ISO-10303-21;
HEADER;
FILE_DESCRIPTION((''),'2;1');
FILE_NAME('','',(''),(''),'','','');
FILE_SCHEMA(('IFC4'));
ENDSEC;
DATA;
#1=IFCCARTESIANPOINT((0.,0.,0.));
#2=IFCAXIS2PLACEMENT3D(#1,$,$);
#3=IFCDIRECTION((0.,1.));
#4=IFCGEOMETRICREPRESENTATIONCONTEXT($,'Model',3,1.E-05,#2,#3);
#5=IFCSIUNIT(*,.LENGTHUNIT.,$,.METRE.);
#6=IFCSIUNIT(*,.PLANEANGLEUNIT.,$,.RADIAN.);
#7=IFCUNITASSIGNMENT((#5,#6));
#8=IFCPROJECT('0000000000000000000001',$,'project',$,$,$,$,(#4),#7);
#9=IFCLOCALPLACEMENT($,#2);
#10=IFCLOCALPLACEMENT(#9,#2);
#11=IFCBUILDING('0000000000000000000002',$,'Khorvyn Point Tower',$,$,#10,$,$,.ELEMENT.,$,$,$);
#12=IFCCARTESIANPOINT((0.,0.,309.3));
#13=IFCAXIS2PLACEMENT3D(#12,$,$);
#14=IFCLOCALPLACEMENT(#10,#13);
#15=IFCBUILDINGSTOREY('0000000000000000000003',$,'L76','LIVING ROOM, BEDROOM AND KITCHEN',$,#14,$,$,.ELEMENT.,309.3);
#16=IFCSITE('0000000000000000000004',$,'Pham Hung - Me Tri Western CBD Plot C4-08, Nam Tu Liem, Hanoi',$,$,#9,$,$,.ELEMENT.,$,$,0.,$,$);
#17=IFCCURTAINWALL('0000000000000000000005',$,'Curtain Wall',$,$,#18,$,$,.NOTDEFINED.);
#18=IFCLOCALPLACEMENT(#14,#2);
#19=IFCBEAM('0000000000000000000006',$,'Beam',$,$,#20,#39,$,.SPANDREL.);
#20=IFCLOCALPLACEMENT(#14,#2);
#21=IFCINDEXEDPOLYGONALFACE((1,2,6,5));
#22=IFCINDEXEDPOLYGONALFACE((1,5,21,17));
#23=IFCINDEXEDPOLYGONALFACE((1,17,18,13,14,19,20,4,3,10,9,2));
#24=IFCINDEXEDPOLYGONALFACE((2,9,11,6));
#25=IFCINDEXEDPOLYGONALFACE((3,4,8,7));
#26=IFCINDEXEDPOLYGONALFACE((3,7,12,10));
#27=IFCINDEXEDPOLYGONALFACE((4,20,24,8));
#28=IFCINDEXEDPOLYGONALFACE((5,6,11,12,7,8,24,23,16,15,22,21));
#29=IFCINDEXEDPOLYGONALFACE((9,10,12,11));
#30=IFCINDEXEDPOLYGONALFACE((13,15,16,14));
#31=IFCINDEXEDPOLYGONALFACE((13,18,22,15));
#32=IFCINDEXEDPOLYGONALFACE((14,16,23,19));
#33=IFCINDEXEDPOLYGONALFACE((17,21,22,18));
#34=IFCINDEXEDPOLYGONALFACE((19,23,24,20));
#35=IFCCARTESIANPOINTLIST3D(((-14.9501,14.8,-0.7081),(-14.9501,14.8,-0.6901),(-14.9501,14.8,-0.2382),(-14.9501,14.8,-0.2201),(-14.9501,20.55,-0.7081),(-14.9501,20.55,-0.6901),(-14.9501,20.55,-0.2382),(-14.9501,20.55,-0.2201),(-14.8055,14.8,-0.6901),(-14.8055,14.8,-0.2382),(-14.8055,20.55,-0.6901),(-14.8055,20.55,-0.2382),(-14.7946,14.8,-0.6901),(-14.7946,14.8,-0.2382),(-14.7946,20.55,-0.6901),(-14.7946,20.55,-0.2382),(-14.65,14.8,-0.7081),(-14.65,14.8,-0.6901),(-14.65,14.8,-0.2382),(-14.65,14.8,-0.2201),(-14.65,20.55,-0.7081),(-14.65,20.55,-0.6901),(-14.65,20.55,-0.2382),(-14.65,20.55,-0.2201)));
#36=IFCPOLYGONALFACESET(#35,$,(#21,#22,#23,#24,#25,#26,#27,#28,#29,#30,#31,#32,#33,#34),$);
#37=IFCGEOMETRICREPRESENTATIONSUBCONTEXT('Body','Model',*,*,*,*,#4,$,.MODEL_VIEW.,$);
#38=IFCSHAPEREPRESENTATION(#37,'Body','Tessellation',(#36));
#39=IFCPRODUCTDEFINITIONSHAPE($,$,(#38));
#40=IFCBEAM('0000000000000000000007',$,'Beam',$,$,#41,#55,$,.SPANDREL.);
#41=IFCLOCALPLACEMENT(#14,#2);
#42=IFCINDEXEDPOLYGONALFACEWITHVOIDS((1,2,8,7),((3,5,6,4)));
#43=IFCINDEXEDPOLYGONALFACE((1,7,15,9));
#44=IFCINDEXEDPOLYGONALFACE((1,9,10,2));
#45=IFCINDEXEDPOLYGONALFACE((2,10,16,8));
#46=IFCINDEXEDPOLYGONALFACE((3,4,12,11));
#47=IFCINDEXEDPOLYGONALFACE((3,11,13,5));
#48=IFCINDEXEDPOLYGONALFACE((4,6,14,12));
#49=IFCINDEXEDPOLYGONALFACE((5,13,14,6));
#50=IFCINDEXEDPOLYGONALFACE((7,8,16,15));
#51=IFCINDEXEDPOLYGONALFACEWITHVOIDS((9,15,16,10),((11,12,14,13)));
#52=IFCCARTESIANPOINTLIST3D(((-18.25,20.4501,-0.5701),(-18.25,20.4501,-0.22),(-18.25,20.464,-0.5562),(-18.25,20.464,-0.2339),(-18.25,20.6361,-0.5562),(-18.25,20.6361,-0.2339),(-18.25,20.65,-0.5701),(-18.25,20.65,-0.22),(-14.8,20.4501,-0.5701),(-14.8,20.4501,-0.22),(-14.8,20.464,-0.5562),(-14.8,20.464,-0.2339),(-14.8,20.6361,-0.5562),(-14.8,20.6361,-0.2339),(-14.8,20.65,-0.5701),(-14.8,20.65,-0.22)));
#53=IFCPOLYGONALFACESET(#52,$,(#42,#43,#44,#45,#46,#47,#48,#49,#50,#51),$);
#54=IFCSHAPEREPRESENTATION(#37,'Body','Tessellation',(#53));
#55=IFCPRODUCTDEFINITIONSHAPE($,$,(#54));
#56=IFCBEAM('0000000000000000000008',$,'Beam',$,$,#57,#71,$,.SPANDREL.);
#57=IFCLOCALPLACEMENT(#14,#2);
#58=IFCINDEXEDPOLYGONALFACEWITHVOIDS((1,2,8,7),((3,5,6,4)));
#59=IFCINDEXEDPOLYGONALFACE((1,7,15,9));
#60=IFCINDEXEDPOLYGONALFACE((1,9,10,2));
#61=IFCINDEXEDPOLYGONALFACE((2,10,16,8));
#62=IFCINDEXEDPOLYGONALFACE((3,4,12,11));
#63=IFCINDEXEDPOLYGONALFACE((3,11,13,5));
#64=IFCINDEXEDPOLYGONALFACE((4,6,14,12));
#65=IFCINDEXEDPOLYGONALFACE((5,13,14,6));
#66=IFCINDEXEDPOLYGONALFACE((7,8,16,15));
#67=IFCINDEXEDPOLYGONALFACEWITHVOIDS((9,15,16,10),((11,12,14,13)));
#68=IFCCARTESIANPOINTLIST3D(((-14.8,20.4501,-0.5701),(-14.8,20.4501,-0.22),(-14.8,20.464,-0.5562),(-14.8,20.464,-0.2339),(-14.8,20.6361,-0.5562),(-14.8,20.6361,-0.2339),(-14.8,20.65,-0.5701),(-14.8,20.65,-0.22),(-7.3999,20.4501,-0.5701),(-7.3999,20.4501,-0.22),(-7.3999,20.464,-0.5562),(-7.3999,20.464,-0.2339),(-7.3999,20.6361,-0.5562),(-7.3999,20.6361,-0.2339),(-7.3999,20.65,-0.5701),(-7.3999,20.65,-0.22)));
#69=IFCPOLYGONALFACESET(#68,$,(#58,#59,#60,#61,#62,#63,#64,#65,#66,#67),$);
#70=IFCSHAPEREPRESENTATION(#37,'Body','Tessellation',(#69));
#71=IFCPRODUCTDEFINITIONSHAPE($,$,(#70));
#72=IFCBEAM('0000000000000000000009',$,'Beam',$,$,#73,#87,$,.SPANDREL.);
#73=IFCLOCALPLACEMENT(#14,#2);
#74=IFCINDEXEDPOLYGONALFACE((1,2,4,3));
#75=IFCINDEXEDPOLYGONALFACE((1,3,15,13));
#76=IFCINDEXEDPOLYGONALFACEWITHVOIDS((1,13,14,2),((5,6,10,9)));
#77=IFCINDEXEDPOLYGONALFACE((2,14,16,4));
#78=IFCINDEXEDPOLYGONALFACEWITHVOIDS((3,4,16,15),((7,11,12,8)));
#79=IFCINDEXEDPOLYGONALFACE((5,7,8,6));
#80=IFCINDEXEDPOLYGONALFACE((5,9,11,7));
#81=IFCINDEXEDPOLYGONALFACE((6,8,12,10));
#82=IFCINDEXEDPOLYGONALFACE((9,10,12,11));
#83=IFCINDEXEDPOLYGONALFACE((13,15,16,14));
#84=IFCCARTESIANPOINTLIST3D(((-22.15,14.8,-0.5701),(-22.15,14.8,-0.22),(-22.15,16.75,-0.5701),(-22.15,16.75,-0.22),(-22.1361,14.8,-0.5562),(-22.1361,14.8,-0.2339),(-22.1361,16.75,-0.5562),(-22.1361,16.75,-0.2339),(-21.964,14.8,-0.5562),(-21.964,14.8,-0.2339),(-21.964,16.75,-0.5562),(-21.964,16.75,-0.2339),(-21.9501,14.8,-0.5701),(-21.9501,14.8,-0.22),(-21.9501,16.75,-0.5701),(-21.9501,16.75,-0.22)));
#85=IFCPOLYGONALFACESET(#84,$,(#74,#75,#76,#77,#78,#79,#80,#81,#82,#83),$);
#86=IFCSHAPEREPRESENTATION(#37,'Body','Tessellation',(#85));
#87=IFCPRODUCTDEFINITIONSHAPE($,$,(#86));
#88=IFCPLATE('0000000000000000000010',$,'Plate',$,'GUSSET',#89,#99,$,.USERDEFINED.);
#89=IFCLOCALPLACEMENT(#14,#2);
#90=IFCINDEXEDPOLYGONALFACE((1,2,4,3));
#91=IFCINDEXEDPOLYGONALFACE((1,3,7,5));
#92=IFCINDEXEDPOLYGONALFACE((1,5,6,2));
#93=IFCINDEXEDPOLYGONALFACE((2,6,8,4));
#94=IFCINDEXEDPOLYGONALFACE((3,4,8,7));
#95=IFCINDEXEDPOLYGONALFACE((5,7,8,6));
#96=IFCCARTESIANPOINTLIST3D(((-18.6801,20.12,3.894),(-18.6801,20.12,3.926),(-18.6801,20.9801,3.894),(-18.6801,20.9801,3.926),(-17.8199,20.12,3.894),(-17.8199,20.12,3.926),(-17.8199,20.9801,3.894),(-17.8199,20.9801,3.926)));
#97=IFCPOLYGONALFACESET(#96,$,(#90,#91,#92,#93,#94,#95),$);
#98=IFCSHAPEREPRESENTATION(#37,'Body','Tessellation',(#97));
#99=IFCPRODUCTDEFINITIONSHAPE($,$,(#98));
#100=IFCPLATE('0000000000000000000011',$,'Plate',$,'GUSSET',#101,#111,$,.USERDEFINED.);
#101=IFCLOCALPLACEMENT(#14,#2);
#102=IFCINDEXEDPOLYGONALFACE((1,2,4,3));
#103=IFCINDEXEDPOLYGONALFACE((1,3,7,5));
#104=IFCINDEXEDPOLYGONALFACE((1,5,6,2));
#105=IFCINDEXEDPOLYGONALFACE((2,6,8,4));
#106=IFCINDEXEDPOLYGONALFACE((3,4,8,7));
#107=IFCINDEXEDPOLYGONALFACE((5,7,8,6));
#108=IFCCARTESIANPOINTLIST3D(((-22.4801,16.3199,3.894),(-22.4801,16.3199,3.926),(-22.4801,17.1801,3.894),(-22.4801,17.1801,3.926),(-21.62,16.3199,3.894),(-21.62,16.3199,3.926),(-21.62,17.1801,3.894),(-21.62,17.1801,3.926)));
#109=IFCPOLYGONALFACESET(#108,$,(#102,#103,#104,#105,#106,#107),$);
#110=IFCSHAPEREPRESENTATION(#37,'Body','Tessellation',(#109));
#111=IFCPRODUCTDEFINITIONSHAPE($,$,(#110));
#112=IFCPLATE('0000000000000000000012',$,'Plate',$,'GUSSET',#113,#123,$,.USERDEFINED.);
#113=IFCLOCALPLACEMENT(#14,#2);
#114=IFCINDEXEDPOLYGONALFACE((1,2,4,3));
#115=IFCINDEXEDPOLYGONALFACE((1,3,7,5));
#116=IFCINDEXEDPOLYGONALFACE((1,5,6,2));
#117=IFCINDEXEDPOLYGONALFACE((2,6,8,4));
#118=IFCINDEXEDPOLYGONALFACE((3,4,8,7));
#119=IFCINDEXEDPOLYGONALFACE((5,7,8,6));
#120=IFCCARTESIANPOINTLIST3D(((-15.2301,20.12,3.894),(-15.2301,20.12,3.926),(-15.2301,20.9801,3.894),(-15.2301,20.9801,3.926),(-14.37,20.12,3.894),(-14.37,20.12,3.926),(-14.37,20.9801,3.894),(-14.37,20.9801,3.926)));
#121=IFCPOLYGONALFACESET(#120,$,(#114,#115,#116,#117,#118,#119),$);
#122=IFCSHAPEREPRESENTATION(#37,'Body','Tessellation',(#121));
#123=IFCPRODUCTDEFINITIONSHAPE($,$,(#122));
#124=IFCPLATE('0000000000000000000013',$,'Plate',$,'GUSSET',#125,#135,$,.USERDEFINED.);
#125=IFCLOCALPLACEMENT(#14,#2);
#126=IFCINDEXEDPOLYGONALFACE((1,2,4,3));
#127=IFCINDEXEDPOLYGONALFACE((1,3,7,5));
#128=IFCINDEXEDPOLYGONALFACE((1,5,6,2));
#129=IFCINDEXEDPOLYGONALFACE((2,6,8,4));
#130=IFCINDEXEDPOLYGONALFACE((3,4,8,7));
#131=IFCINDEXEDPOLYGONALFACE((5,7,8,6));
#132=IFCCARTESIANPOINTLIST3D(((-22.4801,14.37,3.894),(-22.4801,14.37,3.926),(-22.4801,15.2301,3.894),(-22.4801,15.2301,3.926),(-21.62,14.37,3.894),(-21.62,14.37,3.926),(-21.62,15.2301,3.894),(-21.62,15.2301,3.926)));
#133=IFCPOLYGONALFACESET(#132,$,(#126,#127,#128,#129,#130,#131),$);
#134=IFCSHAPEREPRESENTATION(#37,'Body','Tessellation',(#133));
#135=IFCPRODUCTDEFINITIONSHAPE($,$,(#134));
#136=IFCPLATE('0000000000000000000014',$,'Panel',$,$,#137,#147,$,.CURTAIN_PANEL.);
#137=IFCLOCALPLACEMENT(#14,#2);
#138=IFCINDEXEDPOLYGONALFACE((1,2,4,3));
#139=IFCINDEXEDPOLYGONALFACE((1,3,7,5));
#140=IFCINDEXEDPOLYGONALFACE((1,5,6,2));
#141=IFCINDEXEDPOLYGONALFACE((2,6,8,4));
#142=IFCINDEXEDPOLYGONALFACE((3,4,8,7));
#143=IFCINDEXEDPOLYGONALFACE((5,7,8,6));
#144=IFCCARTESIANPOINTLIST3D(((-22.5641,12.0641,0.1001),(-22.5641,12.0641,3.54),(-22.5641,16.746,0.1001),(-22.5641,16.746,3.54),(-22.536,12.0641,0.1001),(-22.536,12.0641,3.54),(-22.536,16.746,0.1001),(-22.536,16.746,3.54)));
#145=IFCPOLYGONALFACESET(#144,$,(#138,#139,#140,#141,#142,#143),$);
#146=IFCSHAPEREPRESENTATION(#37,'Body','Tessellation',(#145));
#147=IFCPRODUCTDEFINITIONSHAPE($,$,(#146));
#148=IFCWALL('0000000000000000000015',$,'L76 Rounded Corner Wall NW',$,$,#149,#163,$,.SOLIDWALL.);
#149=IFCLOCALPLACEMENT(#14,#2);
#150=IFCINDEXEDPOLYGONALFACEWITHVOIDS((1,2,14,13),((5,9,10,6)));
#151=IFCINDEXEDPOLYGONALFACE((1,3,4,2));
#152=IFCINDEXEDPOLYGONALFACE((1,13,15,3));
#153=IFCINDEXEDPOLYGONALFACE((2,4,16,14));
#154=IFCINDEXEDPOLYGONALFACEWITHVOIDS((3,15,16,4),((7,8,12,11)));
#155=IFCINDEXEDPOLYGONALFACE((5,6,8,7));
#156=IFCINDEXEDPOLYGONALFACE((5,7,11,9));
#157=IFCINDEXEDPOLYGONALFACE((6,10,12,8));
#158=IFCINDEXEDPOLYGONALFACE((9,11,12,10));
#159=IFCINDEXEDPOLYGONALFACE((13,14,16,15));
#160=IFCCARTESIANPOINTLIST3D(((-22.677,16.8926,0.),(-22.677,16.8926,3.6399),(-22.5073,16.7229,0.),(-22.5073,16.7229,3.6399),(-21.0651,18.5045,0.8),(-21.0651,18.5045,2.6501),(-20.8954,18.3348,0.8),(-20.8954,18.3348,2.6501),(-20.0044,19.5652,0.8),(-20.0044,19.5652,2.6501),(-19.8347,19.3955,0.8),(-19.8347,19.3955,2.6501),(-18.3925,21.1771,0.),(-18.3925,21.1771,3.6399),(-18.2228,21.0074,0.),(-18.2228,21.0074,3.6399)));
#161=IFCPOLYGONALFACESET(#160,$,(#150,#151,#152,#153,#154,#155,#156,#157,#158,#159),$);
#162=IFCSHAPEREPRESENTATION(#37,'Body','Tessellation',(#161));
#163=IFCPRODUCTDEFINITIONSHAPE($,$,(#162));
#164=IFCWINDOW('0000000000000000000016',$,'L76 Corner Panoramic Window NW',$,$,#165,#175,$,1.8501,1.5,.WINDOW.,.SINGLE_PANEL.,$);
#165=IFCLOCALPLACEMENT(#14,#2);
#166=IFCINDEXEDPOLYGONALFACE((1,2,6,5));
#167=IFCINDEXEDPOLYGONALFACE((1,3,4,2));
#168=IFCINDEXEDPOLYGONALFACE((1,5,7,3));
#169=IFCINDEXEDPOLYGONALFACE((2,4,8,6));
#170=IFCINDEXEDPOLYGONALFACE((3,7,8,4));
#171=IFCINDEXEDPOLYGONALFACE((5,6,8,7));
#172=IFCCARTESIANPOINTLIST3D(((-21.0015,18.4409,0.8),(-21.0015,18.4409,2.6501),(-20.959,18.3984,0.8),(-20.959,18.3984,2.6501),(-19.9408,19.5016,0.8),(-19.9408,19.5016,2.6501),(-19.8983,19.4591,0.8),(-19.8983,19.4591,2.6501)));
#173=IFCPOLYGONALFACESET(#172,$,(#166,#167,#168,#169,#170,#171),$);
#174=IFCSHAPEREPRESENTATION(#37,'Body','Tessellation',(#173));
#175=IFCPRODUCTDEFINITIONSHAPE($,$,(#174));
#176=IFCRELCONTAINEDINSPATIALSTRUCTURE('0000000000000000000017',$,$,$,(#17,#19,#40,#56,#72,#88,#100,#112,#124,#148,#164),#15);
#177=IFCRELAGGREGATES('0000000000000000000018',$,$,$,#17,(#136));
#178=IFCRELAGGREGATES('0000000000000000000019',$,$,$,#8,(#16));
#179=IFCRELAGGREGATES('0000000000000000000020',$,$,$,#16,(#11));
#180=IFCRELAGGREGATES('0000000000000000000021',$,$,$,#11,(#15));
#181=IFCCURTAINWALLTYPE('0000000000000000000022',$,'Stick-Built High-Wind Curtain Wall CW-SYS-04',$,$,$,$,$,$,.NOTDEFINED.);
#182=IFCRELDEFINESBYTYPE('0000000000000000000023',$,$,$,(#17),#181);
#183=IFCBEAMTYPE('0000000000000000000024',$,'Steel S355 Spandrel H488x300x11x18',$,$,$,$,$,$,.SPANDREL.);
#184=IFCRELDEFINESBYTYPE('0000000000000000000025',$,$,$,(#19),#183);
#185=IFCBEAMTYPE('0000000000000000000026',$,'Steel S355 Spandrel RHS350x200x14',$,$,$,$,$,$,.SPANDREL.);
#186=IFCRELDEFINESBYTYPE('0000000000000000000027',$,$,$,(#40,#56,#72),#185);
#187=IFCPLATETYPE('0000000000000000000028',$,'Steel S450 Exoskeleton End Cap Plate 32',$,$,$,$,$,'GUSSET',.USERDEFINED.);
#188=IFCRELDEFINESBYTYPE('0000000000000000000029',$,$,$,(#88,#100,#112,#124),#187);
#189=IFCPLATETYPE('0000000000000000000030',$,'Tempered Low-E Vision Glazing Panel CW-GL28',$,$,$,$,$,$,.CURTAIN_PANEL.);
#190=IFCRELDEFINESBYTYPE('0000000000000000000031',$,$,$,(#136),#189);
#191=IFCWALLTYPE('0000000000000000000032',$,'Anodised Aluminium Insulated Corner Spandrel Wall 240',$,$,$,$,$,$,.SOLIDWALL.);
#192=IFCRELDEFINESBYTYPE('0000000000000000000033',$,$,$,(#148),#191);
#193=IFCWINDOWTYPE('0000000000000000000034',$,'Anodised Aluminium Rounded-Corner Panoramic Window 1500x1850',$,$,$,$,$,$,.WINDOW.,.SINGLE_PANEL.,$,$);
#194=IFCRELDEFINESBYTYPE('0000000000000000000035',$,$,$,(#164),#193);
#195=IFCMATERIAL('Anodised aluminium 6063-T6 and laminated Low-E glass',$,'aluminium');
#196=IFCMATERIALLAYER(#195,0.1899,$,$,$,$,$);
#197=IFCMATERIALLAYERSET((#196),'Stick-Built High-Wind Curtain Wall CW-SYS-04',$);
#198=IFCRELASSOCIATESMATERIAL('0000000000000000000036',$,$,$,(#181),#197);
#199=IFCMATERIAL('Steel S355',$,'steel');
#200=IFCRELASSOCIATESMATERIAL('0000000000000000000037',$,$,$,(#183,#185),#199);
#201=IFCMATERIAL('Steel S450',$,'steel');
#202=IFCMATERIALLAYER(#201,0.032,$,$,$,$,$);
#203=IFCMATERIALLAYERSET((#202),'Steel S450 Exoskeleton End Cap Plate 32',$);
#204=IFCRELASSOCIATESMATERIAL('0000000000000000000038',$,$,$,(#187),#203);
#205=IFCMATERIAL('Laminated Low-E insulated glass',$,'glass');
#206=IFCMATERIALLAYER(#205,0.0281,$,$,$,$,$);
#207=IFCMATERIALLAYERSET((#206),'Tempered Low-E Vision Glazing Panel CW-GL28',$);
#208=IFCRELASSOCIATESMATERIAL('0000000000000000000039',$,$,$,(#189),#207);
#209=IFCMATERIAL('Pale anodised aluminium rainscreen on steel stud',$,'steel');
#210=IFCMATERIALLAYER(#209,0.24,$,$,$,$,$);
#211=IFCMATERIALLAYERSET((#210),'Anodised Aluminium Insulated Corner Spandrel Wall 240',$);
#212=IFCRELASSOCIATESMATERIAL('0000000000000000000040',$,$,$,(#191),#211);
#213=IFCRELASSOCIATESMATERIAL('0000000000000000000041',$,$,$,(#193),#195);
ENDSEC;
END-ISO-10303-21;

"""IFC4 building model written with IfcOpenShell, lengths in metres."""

from ifc_helpers import new_model, si_unit, direction, frame, frame_2d, origin, origin_2d, place, context, subcontext, project, spatial, rectangle, hollow_rectangle, i_section, extrude, material, layer, layer_set, material_profile, profile_set, type_object, element, fill, aggregate, save


model = new_model("IFC4")

# Units and contexts
model_context = context("Model", 3, precision=1e-05, world=origin(), true_north=direction((0.0, 1.0)))
body_context = subcontext(model_context, "Body", "Model", "MODEL_VIEW")
ifc_project = project(units=[si_unit("LENGTHUNIT", "METRE"), si_unit("PLANEANGLEUNIT", "RADIAN")], contexts=[model_context])

# Site, building, storey
site_placement = place(None, origin())
site = spatial("IfcSite", under=ifc_project, at=site_placement, Name="Pham Hung - Me Tri Western CBD Plot C4-08, Nam Tu Liem, Hanoi", CompositionType="ELEMENT", RefElevation=0.0)
building_placement = place(site_placement, origin())
building = spatial("IfcBuilding", under=site, at=building_placement, Name="Khorvyn Point Tower", CompositionType="ELEMENT")
storey_placement = place(building_placement, frame((0.0, 0.0, 309.3)))
storey = spatial("IfcBuildingStorey", under=building, at=storey_placement, Name="L76", Description="LIVING ROOM, BEDROOM AND KITCHEN", CompositionType="ELEMENT", Elevation=309.3)

# Shared definitions
ifc_material_1 = material(Name="Steel S355", Category="steel")

# Curtain wall
ifc_material_2 = material(Name="Anodised aluminium 6063-T6 and laminated Low-E glass", Category="aluminium")
ifc_layer_1 = layer(ifc_material_2, 0.1899)
ifc_layer_set_1 = layer_set([ifc_layer_1], Name="Stick-Built High-Wind Curtain Wall CW-SYS-04")
curtain_wall_type = type_object("IfcCurtainWallType", Name="Stick-Built High-Wind Curtain Wall CW-SYS-04", PredefinedType="NOTDEFINED", material=ifc_layer_set_1)
curtain_wall_1_placement = place(storey_placement, origin())
curtain_wall_1 = element("IfcCurtainWall", 1, at=curtain_wall_1_placement, inside=storey, type_object=curtain_wall_type, Name="Curtain Wall", PredefinedType="NOTDEFINED")

# Beams
ifc_material_profile_1 = material_profile(ifc_material_1, i_section(OverallWidth=0.3, OverallDepth=0.488, WebThickness=0.011, FlangeThickness=0.0181, at=origin_2d()))
ifc_profile_set_1 = profile_set([ifc_material_profile_1], Name="Steel S355 H488x300x11x18")
beam_type_1 = type_object("IfcBeamType", Name="Steel S355 Spandrel H488x300x11x18", PredefinedType="SPANDREL", material=ifc_profile_set_1)
beam_1_placement = place(storey_placement, frame((-14.8, 14.8, -0.4641), z_axis=(0.0, 1.0, 0.0), x_axis=(-1.0, 0.0, 0.0)))
element("IfcBeam", 2, at=beam_1_placement, inside=storey, type_object=beam_type_1, Name="Beam", PredefinedType="SPANDREL", context=body_context, shape_type="SweptSolid", body=[
    extrude(i_section(OverallWidth=0.3, OverallDepth=0.488, WebThickness=0.011, FlangeThickness=0.0181, at=origin_2d()), origin(), (0.0, 0.0, 1.0), 5.75),
])
ifc_material_profile_2 = material_profile(ifc_material_1, hollow_rectangle(XDim=0.2, YDim=0.3501, WallThickness=0.0139, at=origin_2d()))
ifc_profile_set_2 = profile_set([ifc_material_profile_2], Name="Steel S355 RHS350x200x14")
beam_type_2 = type_object("IfcBeamType", Name="Steel S355 Spandrel RHS350x200x14", PredefinedType="SPANDREL", material=ifc_profile_set_2)
beam_2_placement = place(storey_placement, frame((-18.25, 20.55, -0.395), z_axis=(1.0, 0.0, 0.0), x_axis=(0.0, 1.0, 0.0)))
element("IfcBeam", 3, at=beam_2_placement, inside=storey, type_object=beam_type_2, Name="Beam", PredefinedType="SPANDREL", context=body_context, shape_type="SweptSolid", body=[
    extrude(hollow_rectangle(XDim=0.2, YDim=0.3501, WallThickness=0.0139, at=origin_2d()), origin(), (0.0, 0.0, 1.0), 3.45),
])
beam_3_placement = place(storey_placement, frame((-14.8, 20.55, -0.395), z_axis=(1.0, 0.0, 0.0), x_axis=(0.0, 1.0, 0.0)))
element("IfcBeam", 4, at=beam_3_placement, inside=storey, type_object=beam_type_2, Name="Beam", PredefinedType="SPANDREL", context=body_context, shape_type="SweptSolid", body=[
    extrude(hollow_rectangle(XDim=0.2, YDim=0.3501, WallThickness=0.0139, at=origin_2d()), origin(), (0.0, 0.0, 1.0), 7.4001),
])
beam_4_placement = place(storey_placement, frame((-22.05, 14.8, -0.395), z_axis=(0.0, 1.0, 0.0), x_axis=(-1.0, 0.0, 0.0)))
element("IfcBeam", 5, at=beam_4_placement, inside=storey, type_object=beam_type_2, Name="Beam", PredefinedType="SPANDREL", context=body_context, shape_type="SweptSolid", body=[
    extrude(hollow_rectangle(XDim=0.2, YDim=0.3501, WallThickness=0.0139, at=origin_2d()), origin(), (0.0, 0.0, 1.0), 1.95),
])

# Plates
ifc_material_3 = material(Name="Steel S450", Category="steel")
ifc_layer_2 = layer(ifc_material_3, 0.032)
ifc_layer_set_2 = layer_set([ifc_layer_2], Name="Steel S450 Exoskeleton End Cap Plate 32")
plate_type_1 = type_object("IfcPlateType", Name="Steel S450 Exoskeleton End Cap Plate 32", ElementType="GUSSET", PredefinedType="USERDEFINED", material=ifc_layer_set_2)
for number, where, z_axis, x_axis, name in (
    (6, (-18.25, 20.55, 3.894), (0.0, 0.0, 1.0), (1.0, 0.0, 0.0), "Plate"),
    (7, (-22.05, 16.75, 3.894), (0.0, 0.0, 1.0), (1.0, 0.0, 0.0), "Plate"),
    (8, (-14.8, 20.55, 3.894), (0.0, 0.0, 1.0), (1.0, 0.0, 0.0), "Plate"),
    (9, (-22.05, 14.8, 3.894), (0.0, 0.0, 1.0), (1.0, 0.0, 0.0), "Plate"),
):
    element("IfcPlate", number, at=place(storey_placement, frame(where, z_axis=z_axis, x_axis=x_axis)), inside=storey, type_object=plate_type_1, Name=name, ObjectType="GUSSET", PredefinedType="USERDEFINED", context=body_context, shape_type="SweptSolid", body=[
        extrude(rectangle(XDim=0.8601, YDim=0.8601, at=origin_2d()), origin(), (0.0, 0.0, 1.0), 0.032),
    ])

# Plate
ifc_material_4 = material(Name="Laminated Low-E insulated glass", Category="glass")
ifc_layer_3 = layer(ifc_material_4, 0.0281)
ifc_layer_set_3 = layer_set([ifc_layer_3], Name="Tempered Low-E Vision Glazing Panel CW-GL28")
plate_type_2 = type_object("IfcPlateType", Name="Tempered Low-E Vision Glazing Panel CW-GL28", PredefinedType="CURTAIN_PANEL", material=ifc_layer_set_3)
plate_placement = place(storey_placement, frame((-22.55, 14.405, 0.1001), z_axis=(0.0, 0.0, 1.0), x_axis=(0.0, 1.0, 0.0)))
plate = element("IfcPlate", 10, at=plate_placement, type_object=plate_type_2, Name="Panel", PredefinedType="CURTAIN_PANEL", context=body_context, shape_type="SweptSolid", body=[
    extrude(rectangle(XDim=4.6819, YDim=0.0281, at=origin_2d()), origin(), (0.0, 0.0, 1.0), 3.4399),
])
aggregate(curtain_wall_1, [plate])

# Wall, opening, window
ifc_material_5 = material(Name="Pale anodised aluminium rainscreen on steel stud", Category="steel")
ifc_layer_4 = layer(ifc_material_5, 0.24)
ifc_layer_set_4 = layer_set([ifc_layer_4], Name="Anodised Aluminium Insulated Corner Spandrel Wall 240")
wall_type = type_object("IfcWallType", Name="Anodised Aluminium Insulated Corner Spandrel Wall 240", PredefinedType="SOLIDWALL", material=ifc_layer_set_4)
wall_placement = place(storey_placement, frame((-22.5923, 16.8076, 0.0), z_axis=(0.0, 0.0, 1.0), x_axis=(0.707107, 0.707107, 0.0)))
wall = element("IfcWall", 11, at=wall_placement, inside=storey, type_object=wall_type, Name="L76 Rounded Corner Wall NW", PredefinedType="SOLIDWALL", context=body_context, shape_type="SweptSolid", body=[
    extrude(rectangle(XDim=6.0593, YDim=0.24, at=frame_2d((3.0298, 0.0))), origin(), (0.0, 0.0, 1.0), 3.6399),
])
opening_placement = place(wall_placement, frame((2.2798, 0.0, 0.8)))
opening = element("IfcOpeningElement", 12, at=opening_placement, cuts=wall, PredefinedType="OPENING", context=body_context, shape_type="SweptSolid", body=[
    extrude(rectangle(XDim=1.5, YDim=1.8501, at=frame_2d((0.75, 0.925))), frame((0.0, 0.1299, 0.0), z_axis=(0.0, -1.0, 0.0), x_axis=(1.0, 0.0, 0.0)), (0.0, 0.0, 1.0), 0.26),
])
window_type = type_object("IfcWindowType", Name="Anodised Aluminium Rounded-Corner Panoramic Window 1500x1850", PartitioningType="SINGLE_PANEL", PredefinedType="WINDOW", material=ifc_material_2)
window_placement = place(opening_placement, origin())
window = element("IfcWindow", 13, at=window_placement, inside=storey, type_object=window_type, Name="L76 Corner Panoramic Window NW", OverallHeight=1.8501, OverallWidth=1.5, PartitioningType="SINGLE_PANEL", PredefinedType="WINDOW", context=body_context, shape_type="SweptSolid", body=[
    extrude(rectangle(XDim=1.5, YDim=1.8501, at=frame_2d((0.75, 0.925))), frame((0.0, 0.03, 0.0), z_axis=(0.0, -1.0, 0.0), x_axis=(1.0, 0.0, 0.0)), (0.0, 0.0, 1.0), 0.0601),
])
fill(opening, window)

save(model, "model.ifc")
